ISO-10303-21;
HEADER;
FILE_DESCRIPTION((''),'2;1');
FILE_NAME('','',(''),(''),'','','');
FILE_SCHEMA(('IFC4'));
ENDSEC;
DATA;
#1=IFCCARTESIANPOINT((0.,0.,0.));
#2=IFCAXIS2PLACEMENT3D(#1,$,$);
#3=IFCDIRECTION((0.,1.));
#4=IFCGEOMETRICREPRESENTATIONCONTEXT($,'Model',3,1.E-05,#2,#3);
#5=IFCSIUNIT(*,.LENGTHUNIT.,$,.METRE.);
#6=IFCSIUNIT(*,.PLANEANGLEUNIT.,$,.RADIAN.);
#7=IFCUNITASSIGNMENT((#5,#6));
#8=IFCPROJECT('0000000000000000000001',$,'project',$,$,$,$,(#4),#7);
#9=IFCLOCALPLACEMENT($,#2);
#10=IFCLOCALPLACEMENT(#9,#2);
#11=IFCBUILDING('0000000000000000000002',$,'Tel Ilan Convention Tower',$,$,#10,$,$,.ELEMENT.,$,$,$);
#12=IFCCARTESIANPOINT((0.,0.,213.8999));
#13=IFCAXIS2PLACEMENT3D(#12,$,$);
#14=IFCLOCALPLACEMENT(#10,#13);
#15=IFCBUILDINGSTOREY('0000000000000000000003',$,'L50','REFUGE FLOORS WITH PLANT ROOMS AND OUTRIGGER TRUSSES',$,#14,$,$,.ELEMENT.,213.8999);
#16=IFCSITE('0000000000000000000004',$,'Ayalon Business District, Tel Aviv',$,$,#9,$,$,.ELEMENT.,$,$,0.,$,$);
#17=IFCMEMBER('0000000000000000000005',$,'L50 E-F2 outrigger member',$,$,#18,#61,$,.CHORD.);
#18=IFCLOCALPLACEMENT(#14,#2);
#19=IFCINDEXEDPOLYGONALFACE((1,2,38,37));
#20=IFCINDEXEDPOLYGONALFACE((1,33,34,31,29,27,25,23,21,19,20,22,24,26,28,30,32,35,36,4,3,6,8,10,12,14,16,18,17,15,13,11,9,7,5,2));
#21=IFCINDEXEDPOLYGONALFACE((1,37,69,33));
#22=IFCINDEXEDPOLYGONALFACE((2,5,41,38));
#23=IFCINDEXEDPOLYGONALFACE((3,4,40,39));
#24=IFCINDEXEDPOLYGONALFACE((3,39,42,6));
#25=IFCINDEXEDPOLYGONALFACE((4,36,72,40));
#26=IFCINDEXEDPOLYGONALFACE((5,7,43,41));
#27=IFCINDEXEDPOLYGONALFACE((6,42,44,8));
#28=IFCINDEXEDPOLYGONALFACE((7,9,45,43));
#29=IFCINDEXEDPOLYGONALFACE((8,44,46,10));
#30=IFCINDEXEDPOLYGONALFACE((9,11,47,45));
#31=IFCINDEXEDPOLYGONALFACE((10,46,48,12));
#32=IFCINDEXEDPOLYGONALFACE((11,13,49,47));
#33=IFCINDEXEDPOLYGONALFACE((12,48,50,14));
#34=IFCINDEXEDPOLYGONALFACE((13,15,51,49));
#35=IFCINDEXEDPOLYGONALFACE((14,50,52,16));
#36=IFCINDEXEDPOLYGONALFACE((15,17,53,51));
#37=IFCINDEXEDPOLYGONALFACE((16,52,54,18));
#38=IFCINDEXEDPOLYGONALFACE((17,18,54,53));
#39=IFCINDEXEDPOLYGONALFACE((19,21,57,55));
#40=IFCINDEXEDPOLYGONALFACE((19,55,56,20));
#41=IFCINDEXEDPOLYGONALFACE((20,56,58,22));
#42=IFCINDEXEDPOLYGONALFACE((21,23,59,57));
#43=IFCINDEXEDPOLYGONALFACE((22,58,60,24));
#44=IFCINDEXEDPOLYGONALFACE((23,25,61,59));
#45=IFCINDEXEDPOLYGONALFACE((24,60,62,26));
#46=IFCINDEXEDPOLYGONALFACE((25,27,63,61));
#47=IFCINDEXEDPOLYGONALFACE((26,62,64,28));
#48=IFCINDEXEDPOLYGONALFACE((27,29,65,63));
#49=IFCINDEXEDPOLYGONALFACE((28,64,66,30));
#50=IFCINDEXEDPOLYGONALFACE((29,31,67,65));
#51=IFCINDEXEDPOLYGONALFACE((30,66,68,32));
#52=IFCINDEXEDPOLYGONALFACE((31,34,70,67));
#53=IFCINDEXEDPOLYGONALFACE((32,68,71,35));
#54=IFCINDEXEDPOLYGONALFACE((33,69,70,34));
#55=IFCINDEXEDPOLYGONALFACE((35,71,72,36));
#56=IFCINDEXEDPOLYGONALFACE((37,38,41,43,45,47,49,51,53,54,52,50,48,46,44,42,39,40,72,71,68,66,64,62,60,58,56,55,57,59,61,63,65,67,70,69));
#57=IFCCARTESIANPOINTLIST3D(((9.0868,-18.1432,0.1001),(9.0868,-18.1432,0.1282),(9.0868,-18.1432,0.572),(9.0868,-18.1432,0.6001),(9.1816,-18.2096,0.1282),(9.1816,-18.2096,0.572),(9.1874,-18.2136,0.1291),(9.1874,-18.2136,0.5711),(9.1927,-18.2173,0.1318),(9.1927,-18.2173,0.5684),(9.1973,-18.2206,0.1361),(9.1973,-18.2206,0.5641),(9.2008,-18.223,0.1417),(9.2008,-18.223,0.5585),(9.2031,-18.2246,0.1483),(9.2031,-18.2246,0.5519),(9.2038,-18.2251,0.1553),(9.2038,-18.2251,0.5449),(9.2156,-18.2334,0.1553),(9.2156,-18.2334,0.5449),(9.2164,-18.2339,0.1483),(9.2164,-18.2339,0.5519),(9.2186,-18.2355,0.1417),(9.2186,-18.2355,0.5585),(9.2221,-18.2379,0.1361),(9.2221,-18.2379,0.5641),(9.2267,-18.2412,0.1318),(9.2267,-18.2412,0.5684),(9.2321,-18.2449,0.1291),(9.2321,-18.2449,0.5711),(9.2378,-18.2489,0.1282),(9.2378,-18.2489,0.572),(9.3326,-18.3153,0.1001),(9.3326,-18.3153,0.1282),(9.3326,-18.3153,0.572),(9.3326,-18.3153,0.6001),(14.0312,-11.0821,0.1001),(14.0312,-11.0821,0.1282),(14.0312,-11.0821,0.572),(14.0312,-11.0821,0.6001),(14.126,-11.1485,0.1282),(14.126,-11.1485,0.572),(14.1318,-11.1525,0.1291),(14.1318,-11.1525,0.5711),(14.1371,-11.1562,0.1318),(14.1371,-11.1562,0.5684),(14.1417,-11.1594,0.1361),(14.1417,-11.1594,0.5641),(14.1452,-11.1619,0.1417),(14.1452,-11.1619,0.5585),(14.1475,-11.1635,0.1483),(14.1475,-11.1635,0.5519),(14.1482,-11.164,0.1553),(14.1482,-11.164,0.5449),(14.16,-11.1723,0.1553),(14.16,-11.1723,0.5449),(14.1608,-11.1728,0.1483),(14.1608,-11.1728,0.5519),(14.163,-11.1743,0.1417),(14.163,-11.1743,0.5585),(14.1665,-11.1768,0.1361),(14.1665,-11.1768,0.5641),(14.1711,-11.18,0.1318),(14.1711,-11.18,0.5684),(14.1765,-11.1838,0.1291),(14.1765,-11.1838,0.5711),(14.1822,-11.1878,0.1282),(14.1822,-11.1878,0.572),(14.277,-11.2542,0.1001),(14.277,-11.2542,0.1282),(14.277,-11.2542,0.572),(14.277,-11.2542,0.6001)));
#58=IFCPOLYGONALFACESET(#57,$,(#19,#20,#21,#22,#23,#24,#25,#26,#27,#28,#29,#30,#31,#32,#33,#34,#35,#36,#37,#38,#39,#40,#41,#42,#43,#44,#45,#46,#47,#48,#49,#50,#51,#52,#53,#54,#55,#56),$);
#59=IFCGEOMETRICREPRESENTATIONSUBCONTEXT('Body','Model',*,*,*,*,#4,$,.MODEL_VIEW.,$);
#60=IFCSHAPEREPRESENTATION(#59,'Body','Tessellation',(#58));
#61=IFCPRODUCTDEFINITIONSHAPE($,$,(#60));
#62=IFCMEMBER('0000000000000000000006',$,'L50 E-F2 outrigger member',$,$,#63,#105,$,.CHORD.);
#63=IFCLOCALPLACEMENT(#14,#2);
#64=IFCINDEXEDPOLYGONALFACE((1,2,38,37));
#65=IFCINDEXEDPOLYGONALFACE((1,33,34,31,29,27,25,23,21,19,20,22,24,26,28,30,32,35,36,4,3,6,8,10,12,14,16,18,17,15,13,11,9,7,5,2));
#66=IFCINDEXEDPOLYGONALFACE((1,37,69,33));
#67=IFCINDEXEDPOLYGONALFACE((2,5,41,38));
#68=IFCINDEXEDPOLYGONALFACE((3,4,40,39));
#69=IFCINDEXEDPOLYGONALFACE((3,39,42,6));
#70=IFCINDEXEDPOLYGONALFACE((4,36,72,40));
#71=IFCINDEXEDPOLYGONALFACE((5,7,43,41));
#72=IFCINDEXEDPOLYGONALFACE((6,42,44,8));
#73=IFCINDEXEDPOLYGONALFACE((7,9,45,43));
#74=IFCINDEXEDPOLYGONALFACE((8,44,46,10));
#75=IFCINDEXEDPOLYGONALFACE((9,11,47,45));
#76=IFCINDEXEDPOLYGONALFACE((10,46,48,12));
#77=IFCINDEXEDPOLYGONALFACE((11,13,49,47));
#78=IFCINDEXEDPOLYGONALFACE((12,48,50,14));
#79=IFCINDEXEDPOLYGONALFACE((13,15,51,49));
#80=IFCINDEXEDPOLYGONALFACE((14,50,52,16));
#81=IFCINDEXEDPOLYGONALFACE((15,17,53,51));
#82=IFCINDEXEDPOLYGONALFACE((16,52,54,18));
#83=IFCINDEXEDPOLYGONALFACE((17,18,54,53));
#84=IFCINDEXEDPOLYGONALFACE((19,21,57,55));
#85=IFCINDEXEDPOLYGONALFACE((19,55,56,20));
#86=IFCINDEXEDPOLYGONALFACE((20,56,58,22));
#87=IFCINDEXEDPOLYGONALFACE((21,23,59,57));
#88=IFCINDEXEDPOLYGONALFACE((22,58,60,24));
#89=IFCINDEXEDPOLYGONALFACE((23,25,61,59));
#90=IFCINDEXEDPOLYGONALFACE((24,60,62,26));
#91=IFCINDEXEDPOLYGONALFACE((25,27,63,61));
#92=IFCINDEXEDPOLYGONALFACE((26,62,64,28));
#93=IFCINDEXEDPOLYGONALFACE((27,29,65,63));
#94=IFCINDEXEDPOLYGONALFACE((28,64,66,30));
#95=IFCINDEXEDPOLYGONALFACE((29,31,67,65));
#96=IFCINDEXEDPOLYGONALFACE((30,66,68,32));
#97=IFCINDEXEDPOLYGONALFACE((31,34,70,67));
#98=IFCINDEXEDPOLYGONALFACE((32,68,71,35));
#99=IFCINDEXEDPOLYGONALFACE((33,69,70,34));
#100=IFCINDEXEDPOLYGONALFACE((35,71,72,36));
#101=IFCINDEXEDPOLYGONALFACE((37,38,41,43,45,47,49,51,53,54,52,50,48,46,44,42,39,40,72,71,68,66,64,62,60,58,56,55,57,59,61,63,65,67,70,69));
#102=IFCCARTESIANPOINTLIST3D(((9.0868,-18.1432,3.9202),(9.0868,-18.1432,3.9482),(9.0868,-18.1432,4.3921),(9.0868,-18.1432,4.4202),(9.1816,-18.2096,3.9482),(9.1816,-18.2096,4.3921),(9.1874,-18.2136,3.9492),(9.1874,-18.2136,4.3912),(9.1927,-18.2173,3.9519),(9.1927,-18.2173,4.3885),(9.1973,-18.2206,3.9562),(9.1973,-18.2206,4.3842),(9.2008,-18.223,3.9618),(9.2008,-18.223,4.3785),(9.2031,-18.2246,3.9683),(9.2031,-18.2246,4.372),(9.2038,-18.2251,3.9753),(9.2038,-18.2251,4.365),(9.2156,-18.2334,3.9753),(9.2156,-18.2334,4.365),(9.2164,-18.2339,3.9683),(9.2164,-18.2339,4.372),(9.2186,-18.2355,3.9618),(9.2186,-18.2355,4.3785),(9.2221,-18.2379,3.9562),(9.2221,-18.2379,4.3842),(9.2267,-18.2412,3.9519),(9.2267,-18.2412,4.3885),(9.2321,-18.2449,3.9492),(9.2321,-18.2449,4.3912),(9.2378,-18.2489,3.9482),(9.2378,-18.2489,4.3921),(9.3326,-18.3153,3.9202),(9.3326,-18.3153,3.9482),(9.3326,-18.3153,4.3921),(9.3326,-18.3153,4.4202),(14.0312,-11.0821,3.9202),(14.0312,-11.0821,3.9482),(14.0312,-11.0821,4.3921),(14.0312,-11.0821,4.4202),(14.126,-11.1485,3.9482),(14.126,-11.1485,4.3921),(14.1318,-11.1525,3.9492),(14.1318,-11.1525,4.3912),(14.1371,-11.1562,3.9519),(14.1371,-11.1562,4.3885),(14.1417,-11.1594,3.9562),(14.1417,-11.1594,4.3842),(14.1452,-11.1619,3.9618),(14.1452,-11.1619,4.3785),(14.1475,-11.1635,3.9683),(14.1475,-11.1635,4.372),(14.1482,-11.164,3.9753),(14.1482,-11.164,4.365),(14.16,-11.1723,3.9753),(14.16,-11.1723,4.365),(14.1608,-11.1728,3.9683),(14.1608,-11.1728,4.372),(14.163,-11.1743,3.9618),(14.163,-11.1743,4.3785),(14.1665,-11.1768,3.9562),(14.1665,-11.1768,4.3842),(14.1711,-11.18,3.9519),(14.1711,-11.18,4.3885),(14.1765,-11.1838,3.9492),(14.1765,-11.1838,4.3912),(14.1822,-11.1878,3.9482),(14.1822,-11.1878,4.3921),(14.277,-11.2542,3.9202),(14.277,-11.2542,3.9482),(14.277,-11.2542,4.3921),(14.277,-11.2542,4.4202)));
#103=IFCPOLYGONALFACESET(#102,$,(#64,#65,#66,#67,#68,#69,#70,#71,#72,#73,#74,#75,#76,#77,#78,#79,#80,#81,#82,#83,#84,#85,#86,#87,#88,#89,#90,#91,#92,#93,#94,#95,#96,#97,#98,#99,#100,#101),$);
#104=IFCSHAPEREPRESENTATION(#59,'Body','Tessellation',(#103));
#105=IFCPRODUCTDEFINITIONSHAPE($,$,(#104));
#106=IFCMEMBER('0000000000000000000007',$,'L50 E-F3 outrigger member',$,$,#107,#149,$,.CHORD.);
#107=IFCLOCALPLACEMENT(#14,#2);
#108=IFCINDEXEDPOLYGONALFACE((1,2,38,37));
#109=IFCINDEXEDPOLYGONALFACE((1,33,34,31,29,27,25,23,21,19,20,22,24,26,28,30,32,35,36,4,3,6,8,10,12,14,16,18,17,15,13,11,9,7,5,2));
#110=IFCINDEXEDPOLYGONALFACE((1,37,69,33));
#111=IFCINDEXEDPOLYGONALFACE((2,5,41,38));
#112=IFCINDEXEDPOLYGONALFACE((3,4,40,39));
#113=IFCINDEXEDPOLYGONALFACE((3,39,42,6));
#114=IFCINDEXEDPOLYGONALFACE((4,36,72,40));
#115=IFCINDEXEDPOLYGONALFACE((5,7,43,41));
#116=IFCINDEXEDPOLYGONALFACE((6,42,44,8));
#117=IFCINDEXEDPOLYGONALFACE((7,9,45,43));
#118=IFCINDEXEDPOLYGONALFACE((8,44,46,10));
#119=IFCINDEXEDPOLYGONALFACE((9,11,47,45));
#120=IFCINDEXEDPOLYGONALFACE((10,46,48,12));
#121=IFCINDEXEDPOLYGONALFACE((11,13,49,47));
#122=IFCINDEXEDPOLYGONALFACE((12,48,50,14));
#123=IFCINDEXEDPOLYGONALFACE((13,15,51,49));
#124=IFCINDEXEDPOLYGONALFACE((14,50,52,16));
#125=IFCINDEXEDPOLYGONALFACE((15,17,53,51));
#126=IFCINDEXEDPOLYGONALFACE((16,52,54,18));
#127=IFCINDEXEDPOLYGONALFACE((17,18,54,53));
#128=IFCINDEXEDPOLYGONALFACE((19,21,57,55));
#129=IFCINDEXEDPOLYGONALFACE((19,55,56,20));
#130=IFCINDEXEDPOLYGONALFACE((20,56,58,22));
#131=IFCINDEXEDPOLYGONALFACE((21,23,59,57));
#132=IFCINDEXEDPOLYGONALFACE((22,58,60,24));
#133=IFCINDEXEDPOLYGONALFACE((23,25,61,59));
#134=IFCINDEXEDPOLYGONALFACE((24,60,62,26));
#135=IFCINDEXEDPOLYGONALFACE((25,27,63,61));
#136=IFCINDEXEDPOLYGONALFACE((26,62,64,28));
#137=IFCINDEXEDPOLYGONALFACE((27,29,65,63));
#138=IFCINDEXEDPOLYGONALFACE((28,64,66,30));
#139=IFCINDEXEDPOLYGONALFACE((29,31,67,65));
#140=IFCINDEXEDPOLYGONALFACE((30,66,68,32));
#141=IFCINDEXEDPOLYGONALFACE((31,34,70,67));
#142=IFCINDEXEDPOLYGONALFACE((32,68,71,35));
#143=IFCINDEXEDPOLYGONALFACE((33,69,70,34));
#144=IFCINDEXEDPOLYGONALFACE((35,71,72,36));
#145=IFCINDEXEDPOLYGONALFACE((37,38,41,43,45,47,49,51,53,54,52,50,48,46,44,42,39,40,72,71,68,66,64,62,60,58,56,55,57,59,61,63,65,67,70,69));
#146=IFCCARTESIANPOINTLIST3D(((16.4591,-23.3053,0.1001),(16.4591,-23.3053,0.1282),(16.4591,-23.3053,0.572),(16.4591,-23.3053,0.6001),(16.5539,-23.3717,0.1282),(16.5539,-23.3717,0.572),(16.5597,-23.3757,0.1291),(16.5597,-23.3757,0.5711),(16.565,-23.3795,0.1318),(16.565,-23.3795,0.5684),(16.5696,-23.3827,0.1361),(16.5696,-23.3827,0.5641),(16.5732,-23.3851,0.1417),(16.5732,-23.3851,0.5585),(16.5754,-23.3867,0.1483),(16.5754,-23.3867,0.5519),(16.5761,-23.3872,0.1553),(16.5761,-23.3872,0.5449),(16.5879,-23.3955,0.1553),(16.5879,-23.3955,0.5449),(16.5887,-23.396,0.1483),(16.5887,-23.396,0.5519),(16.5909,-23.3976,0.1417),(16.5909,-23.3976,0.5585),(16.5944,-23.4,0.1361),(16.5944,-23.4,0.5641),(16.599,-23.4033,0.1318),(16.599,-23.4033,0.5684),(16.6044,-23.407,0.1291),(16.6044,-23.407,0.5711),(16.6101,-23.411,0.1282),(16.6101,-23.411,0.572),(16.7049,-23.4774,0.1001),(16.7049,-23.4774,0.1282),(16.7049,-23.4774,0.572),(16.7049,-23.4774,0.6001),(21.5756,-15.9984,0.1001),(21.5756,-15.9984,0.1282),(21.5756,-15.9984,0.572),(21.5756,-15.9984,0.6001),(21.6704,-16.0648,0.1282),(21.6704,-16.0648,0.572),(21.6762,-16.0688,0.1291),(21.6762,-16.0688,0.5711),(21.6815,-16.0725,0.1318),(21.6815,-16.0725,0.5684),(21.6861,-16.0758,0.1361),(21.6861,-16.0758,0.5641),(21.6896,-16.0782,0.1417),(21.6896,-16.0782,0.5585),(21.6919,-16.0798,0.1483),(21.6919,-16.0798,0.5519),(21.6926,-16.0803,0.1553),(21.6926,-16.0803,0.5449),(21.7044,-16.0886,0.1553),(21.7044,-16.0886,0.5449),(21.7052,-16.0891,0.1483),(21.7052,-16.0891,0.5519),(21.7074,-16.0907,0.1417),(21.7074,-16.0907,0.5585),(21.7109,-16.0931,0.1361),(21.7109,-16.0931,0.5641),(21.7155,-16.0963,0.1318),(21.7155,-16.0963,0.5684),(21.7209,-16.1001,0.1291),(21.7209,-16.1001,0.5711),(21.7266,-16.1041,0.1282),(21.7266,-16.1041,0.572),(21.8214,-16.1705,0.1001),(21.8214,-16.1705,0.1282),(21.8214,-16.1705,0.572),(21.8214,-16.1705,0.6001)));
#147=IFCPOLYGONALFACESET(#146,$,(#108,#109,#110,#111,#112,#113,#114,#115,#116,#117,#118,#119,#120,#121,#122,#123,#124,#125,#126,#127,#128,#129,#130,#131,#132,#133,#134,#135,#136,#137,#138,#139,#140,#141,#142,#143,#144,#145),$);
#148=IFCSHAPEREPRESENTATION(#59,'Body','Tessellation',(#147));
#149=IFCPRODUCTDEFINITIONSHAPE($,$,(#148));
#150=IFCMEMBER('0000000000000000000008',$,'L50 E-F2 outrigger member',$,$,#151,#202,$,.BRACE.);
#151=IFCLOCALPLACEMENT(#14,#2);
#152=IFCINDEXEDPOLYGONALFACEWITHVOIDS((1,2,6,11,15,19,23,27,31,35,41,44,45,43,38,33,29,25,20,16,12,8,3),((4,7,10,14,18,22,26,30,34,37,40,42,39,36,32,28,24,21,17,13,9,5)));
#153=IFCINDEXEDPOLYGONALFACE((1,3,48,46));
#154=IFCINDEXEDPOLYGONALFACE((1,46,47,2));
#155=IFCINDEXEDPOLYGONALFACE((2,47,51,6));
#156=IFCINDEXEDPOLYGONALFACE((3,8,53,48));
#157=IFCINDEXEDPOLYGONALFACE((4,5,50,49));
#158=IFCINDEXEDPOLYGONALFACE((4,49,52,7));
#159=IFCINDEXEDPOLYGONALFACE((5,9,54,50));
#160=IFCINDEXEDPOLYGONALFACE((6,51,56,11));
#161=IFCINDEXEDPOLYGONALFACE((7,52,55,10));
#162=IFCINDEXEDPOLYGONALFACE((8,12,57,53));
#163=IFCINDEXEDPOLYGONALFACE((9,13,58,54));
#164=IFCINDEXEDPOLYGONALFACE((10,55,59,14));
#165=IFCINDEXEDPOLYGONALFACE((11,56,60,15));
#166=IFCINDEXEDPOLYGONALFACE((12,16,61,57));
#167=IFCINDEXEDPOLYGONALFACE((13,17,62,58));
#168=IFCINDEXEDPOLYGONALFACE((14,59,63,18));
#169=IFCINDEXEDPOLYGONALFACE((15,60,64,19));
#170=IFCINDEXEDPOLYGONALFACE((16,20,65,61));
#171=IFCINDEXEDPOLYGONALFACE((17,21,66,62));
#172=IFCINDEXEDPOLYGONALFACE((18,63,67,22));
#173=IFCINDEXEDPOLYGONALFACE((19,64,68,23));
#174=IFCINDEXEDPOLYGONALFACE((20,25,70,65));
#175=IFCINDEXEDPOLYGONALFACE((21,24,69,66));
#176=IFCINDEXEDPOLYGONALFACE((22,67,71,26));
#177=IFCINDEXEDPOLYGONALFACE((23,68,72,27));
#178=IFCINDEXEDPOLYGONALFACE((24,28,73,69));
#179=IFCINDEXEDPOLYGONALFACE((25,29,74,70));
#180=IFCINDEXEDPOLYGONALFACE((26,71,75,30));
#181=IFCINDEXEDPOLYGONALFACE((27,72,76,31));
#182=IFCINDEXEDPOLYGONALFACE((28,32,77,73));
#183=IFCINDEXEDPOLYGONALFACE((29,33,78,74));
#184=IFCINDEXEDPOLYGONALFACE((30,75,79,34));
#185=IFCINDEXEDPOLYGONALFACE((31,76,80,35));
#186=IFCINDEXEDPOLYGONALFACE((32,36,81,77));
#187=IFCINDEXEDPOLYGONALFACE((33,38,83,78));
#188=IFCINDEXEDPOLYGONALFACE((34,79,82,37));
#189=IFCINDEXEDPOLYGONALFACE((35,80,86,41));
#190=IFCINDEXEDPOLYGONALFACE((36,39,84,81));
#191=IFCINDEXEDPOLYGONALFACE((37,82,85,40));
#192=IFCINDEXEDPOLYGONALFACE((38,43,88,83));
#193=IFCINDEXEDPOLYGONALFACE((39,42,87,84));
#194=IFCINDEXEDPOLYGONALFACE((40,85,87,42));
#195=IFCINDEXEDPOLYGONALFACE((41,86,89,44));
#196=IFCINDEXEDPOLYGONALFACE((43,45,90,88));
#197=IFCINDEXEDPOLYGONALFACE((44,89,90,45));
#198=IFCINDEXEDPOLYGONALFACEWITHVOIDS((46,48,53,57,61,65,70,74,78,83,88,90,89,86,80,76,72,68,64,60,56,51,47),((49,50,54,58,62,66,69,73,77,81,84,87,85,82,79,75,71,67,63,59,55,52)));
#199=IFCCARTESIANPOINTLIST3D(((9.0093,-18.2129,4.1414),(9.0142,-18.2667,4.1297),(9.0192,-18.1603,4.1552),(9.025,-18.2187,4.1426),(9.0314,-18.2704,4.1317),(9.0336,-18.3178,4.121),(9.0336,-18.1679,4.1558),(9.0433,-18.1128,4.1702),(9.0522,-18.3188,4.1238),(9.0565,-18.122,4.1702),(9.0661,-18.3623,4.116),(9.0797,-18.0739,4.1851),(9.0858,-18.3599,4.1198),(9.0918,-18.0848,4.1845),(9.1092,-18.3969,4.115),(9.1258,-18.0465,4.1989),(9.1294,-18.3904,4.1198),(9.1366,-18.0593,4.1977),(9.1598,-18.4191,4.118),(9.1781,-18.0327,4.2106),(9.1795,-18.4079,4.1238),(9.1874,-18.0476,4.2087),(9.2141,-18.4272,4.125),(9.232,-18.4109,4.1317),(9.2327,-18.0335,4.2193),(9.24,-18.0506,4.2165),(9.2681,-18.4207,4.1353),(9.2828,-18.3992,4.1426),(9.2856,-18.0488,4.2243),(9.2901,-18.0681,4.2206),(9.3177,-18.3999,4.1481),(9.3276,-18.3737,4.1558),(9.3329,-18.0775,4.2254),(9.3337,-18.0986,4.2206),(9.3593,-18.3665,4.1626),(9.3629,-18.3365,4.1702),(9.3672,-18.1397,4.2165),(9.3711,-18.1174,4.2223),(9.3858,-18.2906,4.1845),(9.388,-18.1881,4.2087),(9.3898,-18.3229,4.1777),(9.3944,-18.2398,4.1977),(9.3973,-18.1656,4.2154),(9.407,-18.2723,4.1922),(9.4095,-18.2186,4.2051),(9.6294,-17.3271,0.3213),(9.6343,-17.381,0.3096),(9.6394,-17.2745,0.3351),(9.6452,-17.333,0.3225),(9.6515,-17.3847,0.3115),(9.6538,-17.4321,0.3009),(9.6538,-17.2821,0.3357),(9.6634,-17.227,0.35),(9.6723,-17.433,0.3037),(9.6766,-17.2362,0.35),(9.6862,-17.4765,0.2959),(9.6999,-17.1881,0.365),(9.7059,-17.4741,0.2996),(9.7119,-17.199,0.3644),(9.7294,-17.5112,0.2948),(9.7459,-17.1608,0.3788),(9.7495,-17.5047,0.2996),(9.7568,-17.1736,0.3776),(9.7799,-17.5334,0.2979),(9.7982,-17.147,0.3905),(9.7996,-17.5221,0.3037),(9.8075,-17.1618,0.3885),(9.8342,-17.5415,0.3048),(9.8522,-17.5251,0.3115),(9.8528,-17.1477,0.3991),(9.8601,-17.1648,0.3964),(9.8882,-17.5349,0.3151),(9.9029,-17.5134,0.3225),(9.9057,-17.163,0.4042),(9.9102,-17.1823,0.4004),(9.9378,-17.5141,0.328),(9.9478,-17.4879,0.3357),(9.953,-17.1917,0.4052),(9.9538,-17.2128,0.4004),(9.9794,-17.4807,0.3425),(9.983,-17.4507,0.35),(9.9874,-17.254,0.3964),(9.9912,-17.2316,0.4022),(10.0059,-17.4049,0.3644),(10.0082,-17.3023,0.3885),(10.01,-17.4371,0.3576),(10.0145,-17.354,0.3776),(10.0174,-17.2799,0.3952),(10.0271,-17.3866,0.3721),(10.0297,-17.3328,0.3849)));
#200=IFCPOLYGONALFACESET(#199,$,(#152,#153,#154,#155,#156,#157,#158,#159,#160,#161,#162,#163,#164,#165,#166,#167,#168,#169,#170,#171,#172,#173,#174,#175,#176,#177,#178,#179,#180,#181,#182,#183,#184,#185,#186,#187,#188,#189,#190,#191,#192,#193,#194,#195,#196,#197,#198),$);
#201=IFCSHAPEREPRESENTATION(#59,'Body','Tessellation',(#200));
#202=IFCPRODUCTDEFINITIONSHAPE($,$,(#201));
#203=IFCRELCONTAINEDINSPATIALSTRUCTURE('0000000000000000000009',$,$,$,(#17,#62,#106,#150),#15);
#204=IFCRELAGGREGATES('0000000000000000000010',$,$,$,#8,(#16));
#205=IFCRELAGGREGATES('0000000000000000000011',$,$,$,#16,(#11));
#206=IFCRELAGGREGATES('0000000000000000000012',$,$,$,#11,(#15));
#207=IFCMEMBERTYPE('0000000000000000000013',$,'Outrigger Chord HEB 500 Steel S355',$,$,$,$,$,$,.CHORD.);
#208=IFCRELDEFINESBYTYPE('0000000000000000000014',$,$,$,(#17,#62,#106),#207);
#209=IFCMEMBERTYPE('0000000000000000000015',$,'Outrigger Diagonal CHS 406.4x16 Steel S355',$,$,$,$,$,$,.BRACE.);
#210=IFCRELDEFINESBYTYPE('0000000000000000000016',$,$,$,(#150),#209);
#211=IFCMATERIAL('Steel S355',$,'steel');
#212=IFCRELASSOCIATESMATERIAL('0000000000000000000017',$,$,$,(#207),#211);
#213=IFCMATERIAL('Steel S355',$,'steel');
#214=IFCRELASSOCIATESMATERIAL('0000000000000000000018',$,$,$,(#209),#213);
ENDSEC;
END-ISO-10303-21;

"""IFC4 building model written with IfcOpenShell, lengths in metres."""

from ifc_helpers import new_model, si_unit, direction, frame, origin, origin_2d, place, context, subcontext, project, spatial, hollow_circle, i_section, extrude, material, material_profile, profile_set, type_object, element, save


model = new_model("IFC4")

# Units and contexts
model_context = context("Model", 3, precision=1e-05, world=origin(), true_north=direction((0.0, 1.0)))
body_context = subcontext(model_context, "Body", "Model", "MODEL_VIEW")
ifc_project = project(units=[si_unit("LENGTHUNIT", "METRE"), si_unit("PLANEANGLEUNIT", "RADIAN")], contexts=[model_context])

# Site, building, storey
site_placement = place(None, origin())
site = spatial("IfcSite", under=ifc_project, at=site_placement, Name="Ayalon Business District, Tel Aviv", CompositionType="ELEMENT", RefElevation=0.0)
building_placement = place(site_placement, origin())
building = spatial("IfcBuilding", under=site, at=building_placement, Name="Tel Ilan Convention Tower", CompositionType="ELEMENT")
storey_placement = place(building_placement, frame((0.0, 0.0, 213.8999)))
storey = spatial("IfcBuildingStorey", under=building, at=storey_placement, Name="L50", Description="REFUGE FLOORS WITH PLANT ROOMS AND OUTRIGGER TRUSSES", CompositionType="ELEMENT", Elevation=213.8999)

# Members
ifc_material_1 = material(Name="Steel S355", Category="steel")
ifc_material_profile_1 = material_profile(ifc_material_1, i_section(OverallWidth=0.3, OverallDepth=0.5, WebThickness=0.0144, FlangeThickness=0.0281, FilletRadius=0.0271, at=origin_2d()), Name="HEB 500")
ifc_profile_set_1 = profile_set([ifc_material_profile_1], Name="Steel S355")
member_type_1 = type_object("IfcMemberType", Name="Outrigger Chord HEB 500 Steel S355", PredefinedType="CHORD", material=ifc_profile_set_1)
for number, where, z_axis, x_axis, name in (
    (1, (9.2097, -18.2292, 0.3501), (0.573588, 0.819144, 0.0), (-0.819144, 0.573588, 0.0), "L50 E-F2 outrigger member"),
    (2, (9.2097, -18.2292, 4.1702), (0.573588, 0.819144, 0.0), (-0.819144, 0.573588, 0.0), "L50 E-F2 outrigger member"),
):
    element("IfcMember", number, at=place(storey_placement, frame(where, z_axis=z_axis, x_axis=x_axis)), inside=storey, type_object=member_type_1, Name=name, PredefinedType="CHORD", context=body_context, shape_type="SweptSolid", body=[
        extrude(i_section(OverallWidth=0.3, OverallDepth=0.5, WebThickness=0.0144, FlangeThickness=0.0281, FilletRadius=0.0271, at=origin_2d()), origin(), (0.0, 0.0, 1.0), 8.6201),
    ])
member_placement = place(storey_placement, frame((16.582, -23.3914, 0.3501), z_axis=(0.573585, 0.819146, 0.0), x_axis=(-0.819146, 0.573585, 0.0)))
element("IfcMember", 3, at=member_placement, inside=storey, type_object=member_type_1, Name="L50 E-F3 outrigger member", PredefinedType="CHORD", context=body_context, shape_type="SweptSolid", body=[
    extrude(i_section(OverallWidth=0.3, OverallDepth=0.5, WebThickness=0.0144, FlangeThickness=0.0281, FilletRadius=0.0271, at=origin_2d()), origin(), (0.0, 0.0, 1.0), 8.9202),
])
ifc_material_2 = material(Name="Steel S355", Category="steel")
ifc_material_profile_2 = material_profile(ifc_material_2, hollow_circle(Radius=0.2031, WallThickness=0.0161, at=origin_2d()), Name="CHS 406.4x16")
ifc_profile_set_2 = profile_set([ifc_material_profile_2], Name="Steel S355")
member_type_2 = type_object("IfcMemberType", Name="Outrigger Diagonal CHS 406.4x16 Steel S355", PredefinedType="BRACE", material=ifc_profile_set_2)
for number, where, z_axis, x_axis, name in (
    (4, (9.2097, -18.2292, 4.1702), (0.156195, 0.223101, -0.9622), (-0.819189, 0.573523, 0.0), "L50 E-F2 outrigger member"),
):
    element("IfcMember", number, at=place(storey_placement, frame(where, z_axis=z_axis, x_axis=x_axis)), inside=storey, type_object=member_type_2, Name=name, PredefinedType="BRACE", context=body_context, shape_type="SweptSolid", body=[
        extrude(hollow_circle(Radius=0.2031, WallThickness=0.0161, at=origin_2d()), origin(), (0.0, 0.0, 1.0), 3.9702),
    ])

save(model, "model.ifc")
